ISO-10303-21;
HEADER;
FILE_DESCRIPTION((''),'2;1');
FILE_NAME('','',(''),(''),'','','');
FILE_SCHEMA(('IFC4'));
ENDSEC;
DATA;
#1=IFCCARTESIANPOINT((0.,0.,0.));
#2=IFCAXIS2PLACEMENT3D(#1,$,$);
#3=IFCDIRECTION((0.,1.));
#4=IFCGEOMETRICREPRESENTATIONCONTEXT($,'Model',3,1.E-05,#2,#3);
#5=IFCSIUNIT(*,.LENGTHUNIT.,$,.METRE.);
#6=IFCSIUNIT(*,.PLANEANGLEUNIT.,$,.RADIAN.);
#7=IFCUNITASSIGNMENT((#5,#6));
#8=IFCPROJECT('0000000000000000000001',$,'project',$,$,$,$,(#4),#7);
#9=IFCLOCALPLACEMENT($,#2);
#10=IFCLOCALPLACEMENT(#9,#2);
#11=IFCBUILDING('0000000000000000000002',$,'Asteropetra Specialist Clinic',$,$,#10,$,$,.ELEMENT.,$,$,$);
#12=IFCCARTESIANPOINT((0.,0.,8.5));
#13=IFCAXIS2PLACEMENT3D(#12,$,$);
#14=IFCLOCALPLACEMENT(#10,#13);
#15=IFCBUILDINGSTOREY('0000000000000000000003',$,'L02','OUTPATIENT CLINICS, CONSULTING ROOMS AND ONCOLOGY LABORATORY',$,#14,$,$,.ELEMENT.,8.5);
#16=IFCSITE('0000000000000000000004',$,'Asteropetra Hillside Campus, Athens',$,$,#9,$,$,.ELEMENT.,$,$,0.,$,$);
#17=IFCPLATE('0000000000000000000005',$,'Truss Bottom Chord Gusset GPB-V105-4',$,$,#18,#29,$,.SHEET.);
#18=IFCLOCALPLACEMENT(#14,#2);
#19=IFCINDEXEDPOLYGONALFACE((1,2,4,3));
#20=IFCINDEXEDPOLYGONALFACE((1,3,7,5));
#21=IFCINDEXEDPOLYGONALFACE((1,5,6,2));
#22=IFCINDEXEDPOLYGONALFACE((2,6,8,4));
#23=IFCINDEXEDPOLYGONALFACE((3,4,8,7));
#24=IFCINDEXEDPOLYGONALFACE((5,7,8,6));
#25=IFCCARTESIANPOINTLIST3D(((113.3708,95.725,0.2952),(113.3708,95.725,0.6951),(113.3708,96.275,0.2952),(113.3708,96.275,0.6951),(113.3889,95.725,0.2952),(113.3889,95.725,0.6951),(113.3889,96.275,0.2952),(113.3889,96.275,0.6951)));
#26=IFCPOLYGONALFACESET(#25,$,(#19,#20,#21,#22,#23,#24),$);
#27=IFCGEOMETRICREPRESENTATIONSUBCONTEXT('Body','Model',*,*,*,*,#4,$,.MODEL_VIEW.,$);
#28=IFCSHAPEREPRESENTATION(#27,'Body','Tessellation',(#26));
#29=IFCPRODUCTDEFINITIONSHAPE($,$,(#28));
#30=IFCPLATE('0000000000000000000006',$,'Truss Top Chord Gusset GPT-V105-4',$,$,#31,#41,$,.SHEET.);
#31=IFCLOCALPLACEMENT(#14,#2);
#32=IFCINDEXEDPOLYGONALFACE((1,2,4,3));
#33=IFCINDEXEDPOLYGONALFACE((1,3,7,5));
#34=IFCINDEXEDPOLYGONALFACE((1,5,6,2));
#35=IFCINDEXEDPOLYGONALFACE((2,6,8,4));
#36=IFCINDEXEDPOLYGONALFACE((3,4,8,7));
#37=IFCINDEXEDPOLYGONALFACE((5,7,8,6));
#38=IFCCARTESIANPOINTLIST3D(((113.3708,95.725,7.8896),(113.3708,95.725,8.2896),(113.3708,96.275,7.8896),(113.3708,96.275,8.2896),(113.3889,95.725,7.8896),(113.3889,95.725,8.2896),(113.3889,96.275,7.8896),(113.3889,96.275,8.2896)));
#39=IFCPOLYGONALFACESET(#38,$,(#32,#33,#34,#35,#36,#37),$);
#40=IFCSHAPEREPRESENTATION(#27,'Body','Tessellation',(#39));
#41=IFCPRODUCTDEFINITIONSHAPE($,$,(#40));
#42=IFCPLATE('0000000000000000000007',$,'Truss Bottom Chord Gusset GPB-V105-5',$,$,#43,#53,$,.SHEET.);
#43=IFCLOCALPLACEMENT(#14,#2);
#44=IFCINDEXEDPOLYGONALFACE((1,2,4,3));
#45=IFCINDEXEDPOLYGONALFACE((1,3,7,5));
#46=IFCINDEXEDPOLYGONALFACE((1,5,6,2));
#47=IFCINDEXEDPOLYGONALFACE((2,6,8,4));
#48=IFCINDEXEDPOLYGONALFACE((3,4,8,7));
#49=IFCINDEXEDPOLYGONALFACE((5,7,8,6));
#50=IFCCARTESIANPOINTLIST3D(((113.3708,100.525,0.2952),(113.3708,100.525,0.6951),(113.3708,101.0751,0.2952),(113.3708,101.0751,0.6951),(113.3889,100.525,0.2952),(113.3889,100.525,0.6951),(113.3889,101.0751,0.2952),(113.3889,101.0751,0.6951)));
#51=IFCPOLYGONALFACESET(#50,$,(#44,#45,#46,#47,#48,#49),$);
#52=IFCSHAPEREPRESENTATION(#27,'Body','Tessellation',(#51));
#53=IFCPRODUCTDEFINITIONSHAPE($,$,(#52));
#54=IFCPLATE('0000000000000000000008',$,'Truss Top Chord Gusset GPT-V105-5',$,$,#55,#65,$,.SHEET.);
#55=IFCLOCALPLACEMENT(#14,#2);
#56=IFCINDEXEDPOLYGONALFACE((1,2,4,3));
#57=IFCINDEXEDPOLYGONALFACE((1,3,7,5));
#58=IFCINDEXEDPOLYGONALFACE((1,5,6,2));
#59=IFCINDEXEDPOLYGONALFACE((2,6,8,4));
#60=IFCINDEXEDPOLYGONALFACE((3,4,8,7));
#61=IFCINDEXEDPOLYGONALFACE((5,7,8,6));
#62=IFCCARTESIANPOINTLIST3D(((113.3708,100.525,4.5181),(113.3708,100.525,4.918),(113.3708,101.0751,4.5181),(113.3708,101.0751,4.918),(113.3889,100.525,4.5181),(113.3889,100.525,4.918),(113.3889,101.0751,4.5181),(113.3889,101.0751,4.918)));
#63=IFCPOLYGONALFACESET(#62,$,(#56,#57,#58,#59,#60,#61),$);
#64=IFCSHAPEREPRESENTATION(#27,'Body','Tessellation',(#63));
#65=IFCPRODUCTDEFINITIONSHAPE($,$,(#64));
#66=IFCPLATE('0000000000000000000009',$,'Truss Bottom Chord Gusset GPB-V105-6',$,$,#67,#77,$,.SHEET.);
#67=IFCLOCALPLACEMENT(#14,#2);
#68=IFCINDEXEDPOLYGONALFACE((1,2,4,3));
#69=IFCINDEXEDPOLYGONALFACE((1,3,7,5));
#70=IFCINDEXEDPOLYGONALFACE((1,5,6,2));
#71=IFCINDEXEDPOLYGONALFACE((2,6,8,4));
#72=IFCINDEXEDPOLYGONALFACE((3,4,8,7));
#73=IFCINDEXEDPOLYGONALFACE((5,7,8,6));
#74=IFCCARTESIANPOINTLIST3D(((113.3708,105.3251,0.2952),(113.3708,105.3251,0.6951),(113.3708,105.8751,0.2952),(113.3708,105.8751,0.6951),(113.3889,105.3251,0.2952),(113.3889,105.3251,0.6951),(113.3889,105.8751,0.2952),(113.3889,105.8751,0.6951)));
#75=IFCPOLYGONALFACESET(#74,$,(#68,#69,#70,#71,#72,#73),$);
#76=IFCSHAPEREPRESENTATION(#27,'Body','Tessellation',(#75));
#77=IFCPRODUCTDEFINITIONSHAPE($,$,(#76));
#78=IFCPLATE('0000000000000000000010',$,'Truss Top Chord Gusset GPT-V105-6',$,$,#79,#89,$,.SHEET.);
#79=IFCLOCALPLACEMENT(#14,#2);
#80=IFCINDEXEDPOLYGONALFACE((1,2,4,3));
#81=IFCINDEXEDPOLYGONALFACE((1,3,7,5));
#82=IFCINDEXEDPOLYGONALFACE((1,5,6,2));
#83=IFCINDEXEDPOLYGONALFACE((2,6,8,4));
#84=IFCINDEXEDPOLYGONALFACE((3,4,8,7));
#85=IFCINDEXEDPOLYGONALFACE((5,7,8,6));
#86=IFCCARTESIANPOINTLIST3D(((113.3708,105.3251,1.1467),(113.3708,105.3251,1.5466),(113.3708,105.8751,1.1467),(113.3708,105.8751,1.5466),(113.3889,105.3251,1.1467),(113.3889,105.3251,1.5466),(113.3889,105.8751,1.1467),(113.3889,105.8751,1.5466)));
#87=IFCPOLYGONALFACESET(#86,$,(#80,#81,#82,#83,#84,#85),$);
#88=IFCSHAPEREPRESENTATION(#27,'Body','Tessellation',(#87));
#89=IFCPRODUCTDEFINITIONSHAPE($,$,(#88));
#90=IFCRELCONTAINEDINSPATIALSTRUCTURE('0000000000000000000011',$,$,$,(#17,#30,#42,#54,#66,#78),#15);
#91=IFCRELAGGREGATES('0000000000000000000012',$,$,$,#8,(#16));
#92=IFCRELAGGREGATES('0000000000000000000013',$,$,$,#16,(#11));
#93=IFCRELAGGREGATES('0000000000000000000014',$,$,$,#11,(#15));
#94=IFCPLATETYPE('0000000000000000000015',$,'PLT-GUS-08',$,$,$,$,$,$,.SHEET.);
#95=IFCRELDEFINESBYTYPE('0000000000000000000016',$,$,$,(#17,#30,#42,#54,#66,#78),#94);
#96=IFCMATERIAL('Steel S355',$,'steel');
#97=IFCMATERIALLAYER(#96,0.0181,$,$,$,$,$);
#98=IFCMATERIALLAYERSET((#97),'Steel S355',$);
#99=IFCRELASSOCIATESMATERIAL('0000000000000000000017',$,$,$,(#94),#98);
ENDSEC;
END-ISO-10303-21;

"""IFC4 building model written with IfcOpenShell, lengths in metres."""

from ifc_helpers import new_model, si_unit, direction, frame, origin, origin_2d, place, context, subcontext, project, spatial, rectangle, extrude, material, layer, layer_set, type_object, element, save


model = new_model("IFC4")

# Units and contexts
model_context = context("Model", 3, precision=1e-05, world=origin(), true_north=direction((0.0, 1.0)))
body_context = subcontext(model_context, "Body", "Model", "MODEL_VIEW")
ifc_project = project(units=[si_unit("LENGTHUNIT", "METRE"), si_unit("PLANEANGLEUNIT", "RADIAN")], contexts=[model_context])

# Site, building, storey
site_placement = place(None, origin())
site = spatial("IfcSite", under=ifc_project, at=site_placement, Name="Asteropetra Hillside Campus, Athens", CompositionType="ELEMENT", RefElevation=0.0)
building_placement = place(site_placement, origin())
building = spatial("IfcBuilding", under=site, at=building_placement, Name="Asteropetra Specialist Clinic", CompositionType="ELEMENT")
storey_placement = place(building_placement, frame((0.0, 0.0, 8.5)))
storey = spatial("IfcBuildingStorey", under=building, at=storey_placement, Name="L02", Description="OUTPATIENT CLINICS, CONSULTING ROOMS AND ONCOLOGY LABORATORY", CompositionType="ELEMENT", Elevation=8.5)

# Plates
ifc_material_1 = material(Name="Steel S355", Category="steel")
ifc_layer = layer(ifc_material_1, 0.0181)
ifc_layer_set = layer_set([ifc_layer], Name="Steel S355")
plate_type = type_object("IfcPlateType", Name="PLT-GUS-08", PredefinedType="SHEET", material=ifc_layer_set)
for number, where, z_axis, x_axis, name in (
    (1, (113.3799, 96.0, 0.2952), (0.0, 0.0, 1.0), (1.0, 0.0, 0.0), "Truss Bottom Chord Gusset GPB-V105-4"),
    (2, (113.3799, 96.0, 7.8896), (0.0, 0.0, 1.0), (1.0, 0.0, 0.0), "Truss Top Chord Gusset GPT-V105-4"),
    (3, (113.3799, 100.8, 0.2952), (0.0, 0.0, 1.0), (1.0, 0.0, 0.0), "Truss Bottom Chord Gusset GPB-V105-5"),
    (4, (113.3799, 100.8, 4.5181), (0.0, 0.0, 1.0), (1.0, 0.0, 0.0), "Truss Top Chord Gusset GPT-V105-5"),
    (5, (113.3799, 105.6001, 0.2952), (0.0, 0.0, 1.0), (1.0, 0.0, 0.0), "Truss Bottom Chord Gusset GPB-V105-6"),
    (6, (113.3799, 105.6001, 1.1467), (0.0, 0.0, 1.0), (1.0, 0.0, 0.0), "Truss Top Chord Gusset GPT-V105-6"),
):
    element("IfcPlate", number, at=place(storey_placement, frame(where, z_axis=z_axis, x_axis=x_axis)), inside=storey, type_object=plate_type, Name=name, PredefinedType="SHEET", context=body_context, shape_type="SweptSolid", body=[
        extrude(rectangle(XDim=0.0181, YDim=0.55, at=origin_2d()), origin(), (0.0, 0.0, 1.0), 0.3999),
    ])

save(model, "model.ifc")
